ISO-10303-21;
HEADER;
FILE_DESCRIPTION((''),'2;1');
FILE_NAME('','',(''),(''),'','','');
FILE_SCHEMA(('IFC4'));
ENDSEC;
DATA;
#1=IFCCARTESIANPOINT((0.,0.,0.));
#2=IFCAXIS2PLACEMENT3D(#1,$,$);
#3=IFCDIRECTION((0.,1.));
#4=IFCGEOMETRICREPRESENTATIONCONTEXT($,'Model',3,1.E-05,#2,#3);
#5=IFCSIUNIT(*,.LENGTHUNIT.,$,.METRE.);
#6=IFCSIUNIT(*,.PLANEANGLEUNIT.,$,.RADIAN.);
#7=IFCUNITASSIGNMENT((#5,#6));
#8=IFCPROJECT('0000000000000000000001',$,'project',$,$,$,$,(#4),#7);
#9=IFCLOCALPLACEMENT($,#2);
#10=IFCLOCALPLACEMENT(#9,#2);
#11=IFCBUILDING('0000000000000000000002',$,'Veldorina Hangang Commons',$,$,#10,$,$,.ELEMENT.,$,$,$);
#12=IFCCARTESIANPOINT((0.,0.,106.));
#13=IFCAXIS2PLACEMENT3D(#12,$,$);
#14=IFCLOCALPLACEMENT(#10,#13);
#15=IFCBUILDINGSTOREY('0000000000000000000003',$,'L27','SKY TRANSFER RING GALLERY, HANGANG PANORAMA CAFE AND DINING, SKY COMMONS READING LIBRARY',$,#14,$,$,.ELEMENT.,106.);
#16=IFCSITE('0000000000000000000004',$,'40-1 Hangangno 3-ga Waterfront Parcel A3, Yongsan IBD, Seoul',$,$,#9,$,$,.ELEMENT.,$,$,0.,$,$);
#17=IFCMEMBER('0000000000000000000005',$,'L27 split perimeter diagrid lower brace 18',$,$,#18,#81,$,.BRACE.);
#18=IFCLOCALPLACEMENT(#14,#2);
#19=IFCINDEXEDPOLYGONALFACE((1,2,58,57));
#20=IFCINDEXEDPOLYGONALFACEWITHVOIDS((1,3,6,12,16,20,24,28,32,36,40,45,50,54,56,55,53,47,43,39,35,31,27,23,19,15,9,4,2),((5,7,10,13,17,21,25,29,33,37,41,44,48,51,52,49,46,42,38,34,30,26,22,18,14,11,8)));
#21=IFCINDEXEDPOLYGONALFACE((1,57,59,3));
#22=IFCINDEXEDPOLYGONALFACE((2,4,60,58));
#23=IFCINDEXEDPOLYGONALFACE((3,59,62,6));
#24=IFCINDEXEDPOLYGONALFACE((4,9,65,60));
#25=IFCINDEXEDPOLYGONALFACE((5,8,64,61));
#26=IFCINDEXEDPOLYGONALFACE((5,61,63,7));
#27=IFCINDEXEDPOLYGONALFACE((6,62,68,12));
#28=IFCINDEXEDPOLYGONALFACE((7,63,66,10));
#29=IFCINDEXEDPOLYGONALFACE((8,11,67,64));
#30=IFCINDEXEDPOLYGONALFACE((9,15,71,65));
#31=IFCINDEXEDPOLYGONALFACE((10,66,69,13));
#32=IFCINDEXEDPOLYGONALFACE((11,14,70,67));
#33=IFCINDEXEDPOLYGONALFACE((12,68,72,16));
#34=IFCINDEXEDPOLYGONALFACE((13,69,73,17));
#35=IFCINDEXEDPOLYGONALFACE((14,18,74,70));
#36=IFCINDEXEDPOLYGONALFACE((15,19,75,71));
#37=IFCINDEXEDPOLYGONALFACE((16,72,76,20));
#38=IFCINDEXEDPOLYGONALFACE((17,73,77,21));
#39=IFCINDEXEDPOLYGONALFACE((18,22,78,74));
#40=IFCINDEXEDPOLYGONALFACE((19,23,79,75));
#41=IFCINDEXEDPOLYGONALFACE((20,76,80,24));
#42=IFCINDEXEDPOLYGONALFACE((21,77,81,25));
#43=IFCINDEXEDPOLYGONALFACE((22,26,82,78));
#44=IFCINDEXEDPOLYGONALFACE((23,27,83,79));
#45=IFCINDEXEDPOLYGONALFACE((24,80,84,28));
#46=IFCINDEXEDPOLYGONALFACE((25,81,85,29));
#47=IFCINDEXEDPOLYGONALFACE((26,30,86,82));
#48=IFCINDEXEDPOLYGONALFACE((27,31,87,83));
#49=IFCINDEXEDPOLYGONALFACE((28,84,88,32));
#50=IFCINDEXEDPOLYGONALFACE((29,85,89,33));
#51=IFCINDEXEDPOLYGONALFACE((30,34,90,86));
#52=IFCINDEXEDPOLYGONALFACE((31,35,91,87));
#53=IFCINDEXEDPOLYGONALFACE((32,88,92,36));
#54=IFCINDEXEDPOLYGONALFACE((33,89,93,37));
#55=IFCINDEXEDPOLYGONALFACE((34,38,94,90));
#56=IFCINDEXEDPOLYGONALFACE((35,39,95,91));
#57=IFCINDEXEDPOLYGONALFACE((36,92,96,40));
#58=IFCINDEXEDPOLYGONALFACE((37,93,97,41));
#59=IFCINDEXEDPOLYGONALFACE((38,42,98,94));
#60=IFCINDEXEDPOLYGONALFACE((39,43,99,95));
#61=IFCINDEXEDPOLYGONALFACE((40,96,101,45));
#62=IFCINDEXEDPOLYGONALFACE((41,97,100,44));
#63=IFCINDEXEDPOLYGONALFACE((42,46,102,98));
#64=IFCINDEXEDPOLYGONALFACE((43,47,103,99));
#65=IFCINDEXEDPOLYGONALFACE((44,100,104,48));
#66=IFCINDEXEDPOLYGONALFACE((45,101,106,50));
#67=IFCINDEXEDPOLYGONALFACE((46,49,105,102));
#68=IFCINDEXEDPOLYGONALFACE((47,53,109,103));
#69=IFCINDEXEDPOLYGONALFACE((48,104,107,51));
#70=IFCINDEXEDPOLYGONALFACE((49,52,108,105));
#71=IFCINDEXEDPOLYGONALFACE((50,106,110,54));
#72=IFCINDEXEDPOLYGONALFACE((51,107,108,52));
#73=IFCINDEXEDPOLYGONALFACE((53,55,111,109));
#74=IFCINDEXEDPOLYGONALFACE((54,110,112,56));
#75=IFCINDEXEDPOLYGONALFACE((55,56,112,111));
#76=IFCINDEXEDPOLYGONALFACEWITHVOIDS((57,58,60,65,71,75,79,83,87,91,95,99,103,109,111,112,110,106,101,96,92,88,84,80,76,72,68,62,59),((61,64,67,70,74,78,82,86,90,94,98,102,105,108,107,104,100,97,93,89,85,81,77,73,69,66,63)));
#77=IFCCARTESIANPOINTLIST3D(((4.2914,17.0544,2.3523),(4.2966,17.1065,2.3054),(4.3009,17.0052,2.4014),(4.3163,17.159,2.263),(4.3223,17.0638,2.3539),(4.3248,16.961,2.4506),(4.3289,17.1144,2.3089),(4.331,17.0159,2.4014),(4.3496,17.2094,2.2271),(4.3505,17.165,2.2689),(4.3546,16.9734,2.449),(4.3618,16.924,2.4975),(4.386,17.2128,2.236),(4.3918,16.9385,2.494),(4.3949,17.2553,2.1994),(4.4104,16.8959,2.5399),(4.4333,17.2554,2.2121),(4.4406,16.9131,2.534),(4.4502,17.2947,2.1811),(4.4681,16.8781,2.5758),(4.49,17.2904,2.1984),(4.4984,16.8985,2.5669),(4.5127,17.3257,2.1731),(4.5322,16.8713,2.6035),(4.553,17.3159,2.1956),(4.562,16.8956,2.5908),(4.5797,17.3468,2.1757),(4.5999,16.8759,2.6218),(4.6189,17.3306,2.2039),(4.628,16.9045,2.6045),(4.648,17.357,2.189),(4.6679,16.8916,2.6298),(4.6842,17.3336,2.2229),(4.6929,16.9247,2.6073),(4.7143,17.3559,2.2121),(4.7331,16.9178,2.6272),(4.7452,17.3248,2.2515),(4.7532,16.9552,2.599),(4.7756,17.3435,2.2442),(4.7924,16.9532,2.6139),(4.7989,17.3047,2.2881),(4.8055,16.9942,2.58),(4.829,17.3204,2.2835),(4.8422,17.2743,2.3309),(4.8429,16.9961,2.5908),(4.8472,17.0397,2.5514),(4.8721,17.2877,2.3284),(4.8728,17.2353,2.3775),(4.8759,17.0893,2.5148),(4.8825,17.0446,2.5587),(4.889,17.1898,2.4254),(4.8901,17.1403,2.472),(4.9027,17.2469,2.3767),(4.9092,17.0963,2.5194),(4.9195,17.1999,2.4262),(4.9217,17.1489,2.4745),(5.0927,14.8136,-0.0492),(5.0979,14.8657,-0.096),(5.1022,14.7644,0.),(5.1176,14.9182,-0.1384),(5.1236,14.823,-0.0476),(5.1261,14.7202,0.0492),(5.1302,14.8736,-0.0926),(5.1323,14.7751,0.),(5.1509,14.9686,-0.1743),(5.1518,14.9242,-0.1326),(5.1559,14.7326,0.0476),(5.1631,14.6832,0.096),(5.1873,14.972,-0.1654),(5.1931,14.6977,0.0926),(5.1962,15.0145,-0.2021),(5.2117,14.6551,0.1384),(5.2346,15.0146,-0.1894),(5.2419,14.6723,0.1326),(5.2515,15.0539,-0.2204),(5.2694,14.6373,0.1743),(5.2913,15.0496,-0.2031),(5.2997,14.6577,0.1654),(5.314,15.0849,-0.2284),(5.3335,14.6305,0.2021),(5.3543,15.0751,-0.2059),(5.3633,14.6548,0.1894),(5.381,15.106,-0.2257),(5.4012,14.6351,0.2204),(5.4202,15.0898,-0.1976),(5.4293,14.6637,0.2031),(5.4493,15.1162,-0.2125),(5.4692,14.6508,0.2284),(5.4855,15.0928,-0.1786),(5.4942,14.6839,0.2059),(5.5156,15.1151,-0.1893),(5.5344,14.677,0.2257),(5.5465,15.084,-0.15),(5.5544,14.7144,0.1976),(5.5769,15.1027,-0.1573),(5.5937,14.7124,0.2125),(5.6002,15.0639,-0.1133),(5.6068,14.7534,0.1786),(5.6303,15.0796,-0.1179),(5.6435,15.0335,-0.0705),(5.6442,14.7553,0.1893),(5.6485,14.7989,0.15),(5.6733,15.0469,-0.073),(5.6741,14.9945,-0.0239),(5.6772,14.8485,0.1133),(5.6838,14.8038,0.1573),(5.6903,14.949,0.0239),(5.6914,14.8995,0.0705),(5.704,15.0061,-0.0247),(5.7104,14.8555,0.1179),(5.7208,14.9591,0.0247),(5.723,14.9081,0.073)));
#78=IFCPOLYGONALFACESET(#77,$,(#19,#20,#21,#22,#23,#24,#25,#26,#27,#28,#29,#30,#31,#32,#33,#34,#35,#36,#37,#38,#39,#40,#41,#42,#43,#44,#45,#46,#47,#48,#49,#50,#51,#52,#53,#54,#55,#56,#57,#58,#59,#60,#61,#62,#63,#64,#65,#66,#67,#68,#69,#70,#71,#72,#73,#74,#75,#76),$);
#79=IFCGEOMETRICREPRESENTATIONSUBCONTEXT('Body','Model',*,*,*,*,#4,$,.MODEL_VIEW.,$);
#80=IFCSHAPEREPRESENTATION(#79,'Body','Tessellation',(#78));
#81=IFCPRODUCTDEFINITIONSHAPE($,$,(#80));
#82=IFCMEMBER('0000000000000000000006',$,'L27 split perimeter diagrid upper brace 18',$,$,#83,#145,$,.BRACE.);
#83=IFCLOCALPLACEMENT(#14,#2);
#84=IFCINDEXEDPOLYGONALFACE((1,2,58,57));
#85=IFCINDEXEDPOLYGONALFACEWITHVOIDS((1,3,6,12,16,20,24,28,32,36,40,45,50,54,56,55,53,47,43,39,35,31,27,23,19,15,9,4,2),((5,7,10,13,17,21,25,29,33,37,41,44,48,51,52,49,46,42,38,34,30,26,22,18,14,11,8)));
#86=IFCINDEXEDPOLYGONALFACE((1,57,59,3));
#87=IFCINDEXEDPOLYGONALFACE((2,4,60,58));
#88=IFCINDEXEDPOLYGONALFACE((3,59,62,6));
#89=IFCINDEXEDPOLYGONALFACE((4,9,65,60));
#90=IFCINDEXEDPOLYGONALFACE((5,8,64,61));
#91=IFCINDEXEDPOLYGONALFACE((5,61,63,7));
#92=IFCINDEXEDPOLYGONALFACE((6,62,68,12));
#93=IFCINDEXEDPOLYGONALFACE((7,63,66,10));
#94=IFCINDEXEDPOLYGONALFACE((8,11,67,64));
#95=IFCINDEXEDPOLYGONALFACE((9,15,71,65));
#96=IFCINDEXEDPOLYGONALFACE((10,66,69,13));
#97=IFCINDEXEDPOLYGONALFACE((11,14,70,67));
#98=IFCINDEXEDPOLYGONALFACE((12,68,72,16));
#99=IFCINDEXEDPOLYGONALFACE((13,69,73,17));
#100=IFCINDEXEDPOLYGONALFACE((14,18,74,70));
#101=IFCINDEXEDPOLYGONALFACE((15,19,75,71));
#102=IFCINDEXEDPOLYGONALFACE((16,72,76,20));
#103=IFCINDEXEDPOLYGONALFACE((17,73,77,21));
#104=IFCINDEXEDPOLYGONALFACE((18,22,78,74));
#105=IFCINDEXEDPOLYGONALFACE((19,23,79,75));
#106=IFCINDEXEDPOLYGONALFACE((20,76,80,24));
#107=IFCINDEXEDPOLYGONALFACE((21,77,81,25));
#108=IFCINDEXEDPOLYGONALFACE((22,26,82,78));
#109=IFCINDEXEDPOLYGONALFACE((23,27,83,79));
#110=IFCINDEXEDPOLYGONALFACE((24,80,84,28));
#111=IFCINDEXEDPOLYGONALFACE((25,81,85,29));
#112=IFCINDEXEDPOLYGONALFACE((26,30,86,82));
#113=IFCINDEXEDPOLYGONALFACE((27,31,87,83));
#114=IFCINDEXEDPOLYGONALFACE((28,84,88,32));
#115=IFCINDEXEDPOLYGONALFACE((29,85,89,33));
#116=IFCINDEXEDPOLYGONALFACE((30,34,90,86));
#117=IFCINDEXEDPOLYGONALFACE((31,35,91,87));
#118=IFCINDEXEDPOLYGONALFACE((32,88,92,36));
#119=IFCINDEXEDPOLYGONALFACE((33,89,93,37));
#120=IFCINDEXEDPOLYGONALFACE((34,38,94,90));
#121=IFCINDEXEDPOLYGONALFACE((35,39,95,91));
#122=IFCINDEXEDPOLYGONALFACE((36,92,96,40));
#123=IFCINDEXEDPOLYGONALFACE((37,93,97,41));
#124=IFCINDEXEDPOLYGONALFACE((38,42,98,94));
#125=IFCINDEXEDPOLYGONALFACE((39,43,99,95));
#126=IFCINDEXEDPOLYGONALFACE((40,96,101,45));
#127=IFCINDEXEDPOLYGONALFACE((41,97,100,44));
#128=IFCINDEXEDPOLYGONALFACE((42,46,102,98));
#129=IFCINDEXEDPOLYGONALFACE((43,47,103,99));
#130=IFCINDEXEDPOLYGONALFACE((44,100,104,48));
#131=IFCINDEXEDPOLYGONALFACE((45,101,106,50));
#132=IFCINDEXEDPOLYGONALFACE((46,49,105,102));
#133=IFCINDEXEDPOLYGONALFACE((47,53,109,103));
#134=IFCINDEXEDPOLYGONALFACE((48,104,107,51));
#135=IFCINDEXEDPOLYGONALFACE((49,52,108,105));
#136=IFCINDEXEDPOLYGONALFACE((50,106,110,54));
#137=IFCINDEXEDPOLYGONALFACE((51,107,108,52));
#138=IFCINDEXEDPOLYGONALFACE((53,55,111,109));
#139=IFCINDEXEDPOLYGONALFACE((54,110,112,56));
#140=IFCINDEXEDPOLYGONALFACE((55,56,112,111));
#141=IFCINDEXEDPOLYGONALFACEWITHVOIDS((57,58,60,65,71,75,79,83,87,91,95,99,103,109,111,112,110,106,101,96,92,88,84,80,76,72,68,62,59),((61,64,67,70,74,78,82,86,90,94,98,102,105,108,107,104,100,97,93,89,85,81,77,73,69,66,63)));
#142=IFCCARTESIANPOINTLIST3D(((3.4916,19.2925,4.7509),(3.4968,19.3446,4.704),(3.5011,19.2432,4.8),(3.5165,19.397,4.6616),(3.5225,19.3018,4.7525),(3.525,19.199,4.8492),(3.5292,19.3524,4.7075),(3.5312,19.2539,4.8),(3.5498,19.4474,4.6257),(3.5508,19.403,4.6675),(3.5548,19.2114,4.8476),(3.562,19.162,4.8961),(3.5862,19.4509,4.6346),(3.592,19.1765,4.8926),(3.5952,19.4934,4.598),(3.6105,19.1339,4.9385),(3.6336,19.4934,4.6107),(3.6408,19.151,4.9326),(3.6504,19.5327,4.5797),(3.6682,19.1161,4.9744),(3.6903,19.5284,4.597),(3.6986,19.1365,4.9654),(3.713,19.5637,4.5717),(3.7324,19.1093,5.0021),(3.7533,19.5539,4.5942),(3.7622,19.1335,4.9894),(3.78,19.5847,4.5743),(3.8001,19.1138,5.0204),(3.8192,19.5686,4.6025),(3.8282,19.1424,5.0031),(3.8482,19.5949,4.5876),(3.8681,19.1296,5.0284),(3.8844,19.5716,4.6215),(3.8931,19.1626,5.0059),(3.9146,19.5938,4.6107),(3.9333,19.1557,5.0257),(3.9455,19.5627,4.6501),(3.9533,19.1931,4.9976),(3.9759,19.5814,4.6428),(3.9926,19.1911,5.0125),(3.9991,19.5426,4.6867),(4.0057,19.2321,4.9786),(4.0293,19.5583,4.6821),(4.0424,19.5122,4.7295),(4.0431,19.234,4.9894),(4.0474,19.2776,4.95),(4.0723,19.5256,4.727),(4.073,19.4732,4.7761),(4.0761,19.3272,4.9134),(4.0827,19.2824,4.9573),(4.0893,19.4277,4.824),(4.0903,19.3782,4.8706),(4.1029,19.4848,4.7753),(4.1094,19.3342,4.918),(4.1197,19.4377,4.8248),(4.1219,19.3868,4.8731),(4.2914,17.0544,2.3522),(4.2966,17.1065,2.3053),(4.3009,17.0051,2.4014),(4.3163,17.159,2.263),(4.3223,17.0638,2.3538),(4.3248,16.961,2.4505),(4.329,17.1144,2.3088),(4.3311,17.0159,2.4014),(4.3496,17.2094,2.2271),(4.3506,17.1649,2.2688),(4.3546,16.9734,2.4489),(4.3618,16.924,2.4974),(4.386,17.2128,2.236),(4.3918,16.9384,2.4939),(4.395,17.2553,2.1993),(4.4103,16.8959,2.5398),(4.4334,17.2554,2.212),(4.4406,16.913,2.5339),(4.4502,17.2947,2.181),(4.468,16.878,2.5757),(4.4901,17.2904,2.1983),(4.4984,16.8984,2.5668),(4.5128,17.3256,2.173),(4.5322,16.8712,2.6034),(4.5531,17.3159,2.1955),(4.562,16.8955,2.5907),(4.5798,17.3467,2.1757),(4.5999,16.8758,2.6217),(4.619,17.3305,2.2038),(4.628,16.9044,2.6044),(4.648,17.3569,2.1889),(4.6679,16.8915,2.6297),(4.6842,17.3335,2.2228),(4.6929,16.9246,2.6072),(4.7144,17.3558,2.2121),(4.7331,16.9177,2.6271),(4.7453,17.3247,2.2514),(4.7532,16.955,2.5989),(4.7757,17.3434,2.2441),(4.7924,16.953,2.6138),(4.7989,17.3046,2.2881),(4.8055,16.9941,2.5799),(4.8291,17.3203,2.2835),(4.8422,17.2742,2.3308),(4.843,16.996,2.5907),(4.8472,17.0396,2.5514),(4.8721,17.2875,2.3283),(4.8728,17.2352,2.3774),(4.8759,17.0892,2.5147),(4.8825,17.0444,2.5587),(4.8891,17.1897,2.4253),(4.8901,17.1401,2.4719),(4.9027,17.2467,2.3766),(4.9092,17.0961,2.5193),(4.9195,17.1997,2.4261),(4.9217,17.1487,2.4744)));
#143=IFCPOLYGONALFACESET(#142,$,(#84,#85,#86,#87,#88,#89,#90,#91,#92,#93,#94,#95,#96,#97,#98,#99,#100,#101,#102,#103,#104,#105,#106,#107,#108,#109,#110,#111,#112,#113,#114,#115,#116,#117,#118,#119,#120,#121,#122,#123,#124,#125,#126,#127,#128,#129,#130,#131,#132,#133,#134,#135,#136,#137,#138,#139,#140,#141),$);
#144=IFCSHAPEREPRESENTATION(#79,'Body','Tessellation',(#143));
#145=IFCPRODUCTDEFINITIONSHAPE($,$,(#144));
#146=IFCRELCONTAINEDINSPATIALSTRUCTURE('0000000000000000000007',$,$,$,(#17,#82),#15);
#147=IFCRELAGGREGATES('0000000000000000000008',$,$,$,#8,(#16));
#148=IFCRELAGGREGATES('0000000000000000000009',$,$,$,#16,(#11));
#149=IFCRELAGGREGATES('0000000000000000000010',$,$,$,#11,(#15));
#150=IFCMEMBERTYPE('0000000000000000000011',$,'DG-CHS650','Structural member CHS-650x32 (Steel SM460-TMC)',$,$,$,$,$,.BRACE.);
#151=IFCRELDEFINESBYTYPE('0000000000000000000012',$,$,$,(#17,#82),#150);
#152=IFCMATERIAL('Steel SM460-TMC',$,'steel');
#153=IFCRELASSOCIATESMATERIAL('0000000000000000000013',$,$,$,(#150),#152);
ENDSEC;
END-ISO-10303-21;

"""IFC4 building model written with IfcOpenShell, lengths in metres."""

from ifc_helpers import new_model, si_unit, direction, frame, origin, origin_2d, place, context, subcontext, project, spatial, hollow_circle, extrude, material, material_profile, profile_set, type_object, element, save


model = new_model("IFC4")

# Units and contexts
model_context = context("Model", 3, precision=1e-05, world=origin(), true_north=direction((0.0, 1.0)))
body_context = subcontext(model_context, "Body", "Model", "MODEL_VIEW")
ifc_project = project(units=[si_unit("LENGTHUNIT", "METRE"), si_unit("PLANEANGLEUNIT", "RADIAN")], contexts=[model_context])

# Site, building, storey
site_placement = place(None, origin())
site = spatial("IfcSite", under=ifc_project, at=site_placement, Name="40-1 Hangangno 3-ga Waterfront Parcel A3, Yongsan IBD, Seoul", CompositionType="ELEMENT", RefElevation=0.0)
building_placement = place(site_placement, origin())
building = spatial("IfcBuilding", under=site, at=building_placement, Name="Veldorina Hangang Commons", CompositionType="ELEMENT")
storey_placement = place(building_placement, frame((0.0, 0.0, 106.0)))
storey = spatial("IfcBuildingStorey", under=building, at=storey_placement, Name="L27", Description="SKY TRANSFER RING GALLERY, HANGANG PANORAMA CAFE AND DINING, SKY COMMONS READING LIBRARY", CompositionType="ELEMENT", Elevation=106.0)

# Members
ifc_material_1 = material(Name="Steel SM460-TMC", Category="steel")
ifc_material_profile_1 = material_profile(ifc_material_1, hollow_circle(Radius=0.325, WallThickness=0.032, at=origin_2d()), Name="CHS-650x32")
ifc_profile_set_1 = profile_set([ifc_material_profile_1], Name="Steel SM460-TMC")
member_type_1 = type_object("IfcMemberType", Name="DG-CHS650", Description="Structural member CHS-650x32 (Steel SM460-TMC)", PredefinedType="BRACE", material=ifc_profile_set_1)
member_1_placement = place(storey_placement, frame((5.4082, 14.8738, 0.0), z_axis=(-0.23701, 0.66279, 0.710307), x_axis=(-0.941607, -0.336713, 0.0)))
element("IfcMember", 1, at=member_1_placement, inside=storey, type_object=member_type_1, Name="L27 split perimeter diagrid lower brace 18", PredefinedType="BRACE", context=body_context, shape_type="SweptSolid", body=[
    extrude(hollow_circle(Radius=0.325, WallThickness=0.032, at=origin_2d()), origin(), (0.0, 0.0, 1.0), 3.3809),
])
member_2_placement = place(storey_placement, frame((4.6069, 17.1145, 2.4014), z_axis=(-0.236859, 0.662786, 0.710361), x_axis=(-0.941674, -0.336525, 0.0)))
element("IfcMember", 2, at=member_2_placement, inside=storey, type_object=member_type_1, Name="L27 split perimeter diagrid upper brace 18", PredefinedType="BRACE", context=body_context, shape_type="SweptSolid", body=[
    extrude(hollow_circle(Radius=0.325, WallThickness=0.032, at=origin_2d()), origin(), (0.0, 0.0, 1.0), 3.3767),
])

save(model, "model.ifc")
